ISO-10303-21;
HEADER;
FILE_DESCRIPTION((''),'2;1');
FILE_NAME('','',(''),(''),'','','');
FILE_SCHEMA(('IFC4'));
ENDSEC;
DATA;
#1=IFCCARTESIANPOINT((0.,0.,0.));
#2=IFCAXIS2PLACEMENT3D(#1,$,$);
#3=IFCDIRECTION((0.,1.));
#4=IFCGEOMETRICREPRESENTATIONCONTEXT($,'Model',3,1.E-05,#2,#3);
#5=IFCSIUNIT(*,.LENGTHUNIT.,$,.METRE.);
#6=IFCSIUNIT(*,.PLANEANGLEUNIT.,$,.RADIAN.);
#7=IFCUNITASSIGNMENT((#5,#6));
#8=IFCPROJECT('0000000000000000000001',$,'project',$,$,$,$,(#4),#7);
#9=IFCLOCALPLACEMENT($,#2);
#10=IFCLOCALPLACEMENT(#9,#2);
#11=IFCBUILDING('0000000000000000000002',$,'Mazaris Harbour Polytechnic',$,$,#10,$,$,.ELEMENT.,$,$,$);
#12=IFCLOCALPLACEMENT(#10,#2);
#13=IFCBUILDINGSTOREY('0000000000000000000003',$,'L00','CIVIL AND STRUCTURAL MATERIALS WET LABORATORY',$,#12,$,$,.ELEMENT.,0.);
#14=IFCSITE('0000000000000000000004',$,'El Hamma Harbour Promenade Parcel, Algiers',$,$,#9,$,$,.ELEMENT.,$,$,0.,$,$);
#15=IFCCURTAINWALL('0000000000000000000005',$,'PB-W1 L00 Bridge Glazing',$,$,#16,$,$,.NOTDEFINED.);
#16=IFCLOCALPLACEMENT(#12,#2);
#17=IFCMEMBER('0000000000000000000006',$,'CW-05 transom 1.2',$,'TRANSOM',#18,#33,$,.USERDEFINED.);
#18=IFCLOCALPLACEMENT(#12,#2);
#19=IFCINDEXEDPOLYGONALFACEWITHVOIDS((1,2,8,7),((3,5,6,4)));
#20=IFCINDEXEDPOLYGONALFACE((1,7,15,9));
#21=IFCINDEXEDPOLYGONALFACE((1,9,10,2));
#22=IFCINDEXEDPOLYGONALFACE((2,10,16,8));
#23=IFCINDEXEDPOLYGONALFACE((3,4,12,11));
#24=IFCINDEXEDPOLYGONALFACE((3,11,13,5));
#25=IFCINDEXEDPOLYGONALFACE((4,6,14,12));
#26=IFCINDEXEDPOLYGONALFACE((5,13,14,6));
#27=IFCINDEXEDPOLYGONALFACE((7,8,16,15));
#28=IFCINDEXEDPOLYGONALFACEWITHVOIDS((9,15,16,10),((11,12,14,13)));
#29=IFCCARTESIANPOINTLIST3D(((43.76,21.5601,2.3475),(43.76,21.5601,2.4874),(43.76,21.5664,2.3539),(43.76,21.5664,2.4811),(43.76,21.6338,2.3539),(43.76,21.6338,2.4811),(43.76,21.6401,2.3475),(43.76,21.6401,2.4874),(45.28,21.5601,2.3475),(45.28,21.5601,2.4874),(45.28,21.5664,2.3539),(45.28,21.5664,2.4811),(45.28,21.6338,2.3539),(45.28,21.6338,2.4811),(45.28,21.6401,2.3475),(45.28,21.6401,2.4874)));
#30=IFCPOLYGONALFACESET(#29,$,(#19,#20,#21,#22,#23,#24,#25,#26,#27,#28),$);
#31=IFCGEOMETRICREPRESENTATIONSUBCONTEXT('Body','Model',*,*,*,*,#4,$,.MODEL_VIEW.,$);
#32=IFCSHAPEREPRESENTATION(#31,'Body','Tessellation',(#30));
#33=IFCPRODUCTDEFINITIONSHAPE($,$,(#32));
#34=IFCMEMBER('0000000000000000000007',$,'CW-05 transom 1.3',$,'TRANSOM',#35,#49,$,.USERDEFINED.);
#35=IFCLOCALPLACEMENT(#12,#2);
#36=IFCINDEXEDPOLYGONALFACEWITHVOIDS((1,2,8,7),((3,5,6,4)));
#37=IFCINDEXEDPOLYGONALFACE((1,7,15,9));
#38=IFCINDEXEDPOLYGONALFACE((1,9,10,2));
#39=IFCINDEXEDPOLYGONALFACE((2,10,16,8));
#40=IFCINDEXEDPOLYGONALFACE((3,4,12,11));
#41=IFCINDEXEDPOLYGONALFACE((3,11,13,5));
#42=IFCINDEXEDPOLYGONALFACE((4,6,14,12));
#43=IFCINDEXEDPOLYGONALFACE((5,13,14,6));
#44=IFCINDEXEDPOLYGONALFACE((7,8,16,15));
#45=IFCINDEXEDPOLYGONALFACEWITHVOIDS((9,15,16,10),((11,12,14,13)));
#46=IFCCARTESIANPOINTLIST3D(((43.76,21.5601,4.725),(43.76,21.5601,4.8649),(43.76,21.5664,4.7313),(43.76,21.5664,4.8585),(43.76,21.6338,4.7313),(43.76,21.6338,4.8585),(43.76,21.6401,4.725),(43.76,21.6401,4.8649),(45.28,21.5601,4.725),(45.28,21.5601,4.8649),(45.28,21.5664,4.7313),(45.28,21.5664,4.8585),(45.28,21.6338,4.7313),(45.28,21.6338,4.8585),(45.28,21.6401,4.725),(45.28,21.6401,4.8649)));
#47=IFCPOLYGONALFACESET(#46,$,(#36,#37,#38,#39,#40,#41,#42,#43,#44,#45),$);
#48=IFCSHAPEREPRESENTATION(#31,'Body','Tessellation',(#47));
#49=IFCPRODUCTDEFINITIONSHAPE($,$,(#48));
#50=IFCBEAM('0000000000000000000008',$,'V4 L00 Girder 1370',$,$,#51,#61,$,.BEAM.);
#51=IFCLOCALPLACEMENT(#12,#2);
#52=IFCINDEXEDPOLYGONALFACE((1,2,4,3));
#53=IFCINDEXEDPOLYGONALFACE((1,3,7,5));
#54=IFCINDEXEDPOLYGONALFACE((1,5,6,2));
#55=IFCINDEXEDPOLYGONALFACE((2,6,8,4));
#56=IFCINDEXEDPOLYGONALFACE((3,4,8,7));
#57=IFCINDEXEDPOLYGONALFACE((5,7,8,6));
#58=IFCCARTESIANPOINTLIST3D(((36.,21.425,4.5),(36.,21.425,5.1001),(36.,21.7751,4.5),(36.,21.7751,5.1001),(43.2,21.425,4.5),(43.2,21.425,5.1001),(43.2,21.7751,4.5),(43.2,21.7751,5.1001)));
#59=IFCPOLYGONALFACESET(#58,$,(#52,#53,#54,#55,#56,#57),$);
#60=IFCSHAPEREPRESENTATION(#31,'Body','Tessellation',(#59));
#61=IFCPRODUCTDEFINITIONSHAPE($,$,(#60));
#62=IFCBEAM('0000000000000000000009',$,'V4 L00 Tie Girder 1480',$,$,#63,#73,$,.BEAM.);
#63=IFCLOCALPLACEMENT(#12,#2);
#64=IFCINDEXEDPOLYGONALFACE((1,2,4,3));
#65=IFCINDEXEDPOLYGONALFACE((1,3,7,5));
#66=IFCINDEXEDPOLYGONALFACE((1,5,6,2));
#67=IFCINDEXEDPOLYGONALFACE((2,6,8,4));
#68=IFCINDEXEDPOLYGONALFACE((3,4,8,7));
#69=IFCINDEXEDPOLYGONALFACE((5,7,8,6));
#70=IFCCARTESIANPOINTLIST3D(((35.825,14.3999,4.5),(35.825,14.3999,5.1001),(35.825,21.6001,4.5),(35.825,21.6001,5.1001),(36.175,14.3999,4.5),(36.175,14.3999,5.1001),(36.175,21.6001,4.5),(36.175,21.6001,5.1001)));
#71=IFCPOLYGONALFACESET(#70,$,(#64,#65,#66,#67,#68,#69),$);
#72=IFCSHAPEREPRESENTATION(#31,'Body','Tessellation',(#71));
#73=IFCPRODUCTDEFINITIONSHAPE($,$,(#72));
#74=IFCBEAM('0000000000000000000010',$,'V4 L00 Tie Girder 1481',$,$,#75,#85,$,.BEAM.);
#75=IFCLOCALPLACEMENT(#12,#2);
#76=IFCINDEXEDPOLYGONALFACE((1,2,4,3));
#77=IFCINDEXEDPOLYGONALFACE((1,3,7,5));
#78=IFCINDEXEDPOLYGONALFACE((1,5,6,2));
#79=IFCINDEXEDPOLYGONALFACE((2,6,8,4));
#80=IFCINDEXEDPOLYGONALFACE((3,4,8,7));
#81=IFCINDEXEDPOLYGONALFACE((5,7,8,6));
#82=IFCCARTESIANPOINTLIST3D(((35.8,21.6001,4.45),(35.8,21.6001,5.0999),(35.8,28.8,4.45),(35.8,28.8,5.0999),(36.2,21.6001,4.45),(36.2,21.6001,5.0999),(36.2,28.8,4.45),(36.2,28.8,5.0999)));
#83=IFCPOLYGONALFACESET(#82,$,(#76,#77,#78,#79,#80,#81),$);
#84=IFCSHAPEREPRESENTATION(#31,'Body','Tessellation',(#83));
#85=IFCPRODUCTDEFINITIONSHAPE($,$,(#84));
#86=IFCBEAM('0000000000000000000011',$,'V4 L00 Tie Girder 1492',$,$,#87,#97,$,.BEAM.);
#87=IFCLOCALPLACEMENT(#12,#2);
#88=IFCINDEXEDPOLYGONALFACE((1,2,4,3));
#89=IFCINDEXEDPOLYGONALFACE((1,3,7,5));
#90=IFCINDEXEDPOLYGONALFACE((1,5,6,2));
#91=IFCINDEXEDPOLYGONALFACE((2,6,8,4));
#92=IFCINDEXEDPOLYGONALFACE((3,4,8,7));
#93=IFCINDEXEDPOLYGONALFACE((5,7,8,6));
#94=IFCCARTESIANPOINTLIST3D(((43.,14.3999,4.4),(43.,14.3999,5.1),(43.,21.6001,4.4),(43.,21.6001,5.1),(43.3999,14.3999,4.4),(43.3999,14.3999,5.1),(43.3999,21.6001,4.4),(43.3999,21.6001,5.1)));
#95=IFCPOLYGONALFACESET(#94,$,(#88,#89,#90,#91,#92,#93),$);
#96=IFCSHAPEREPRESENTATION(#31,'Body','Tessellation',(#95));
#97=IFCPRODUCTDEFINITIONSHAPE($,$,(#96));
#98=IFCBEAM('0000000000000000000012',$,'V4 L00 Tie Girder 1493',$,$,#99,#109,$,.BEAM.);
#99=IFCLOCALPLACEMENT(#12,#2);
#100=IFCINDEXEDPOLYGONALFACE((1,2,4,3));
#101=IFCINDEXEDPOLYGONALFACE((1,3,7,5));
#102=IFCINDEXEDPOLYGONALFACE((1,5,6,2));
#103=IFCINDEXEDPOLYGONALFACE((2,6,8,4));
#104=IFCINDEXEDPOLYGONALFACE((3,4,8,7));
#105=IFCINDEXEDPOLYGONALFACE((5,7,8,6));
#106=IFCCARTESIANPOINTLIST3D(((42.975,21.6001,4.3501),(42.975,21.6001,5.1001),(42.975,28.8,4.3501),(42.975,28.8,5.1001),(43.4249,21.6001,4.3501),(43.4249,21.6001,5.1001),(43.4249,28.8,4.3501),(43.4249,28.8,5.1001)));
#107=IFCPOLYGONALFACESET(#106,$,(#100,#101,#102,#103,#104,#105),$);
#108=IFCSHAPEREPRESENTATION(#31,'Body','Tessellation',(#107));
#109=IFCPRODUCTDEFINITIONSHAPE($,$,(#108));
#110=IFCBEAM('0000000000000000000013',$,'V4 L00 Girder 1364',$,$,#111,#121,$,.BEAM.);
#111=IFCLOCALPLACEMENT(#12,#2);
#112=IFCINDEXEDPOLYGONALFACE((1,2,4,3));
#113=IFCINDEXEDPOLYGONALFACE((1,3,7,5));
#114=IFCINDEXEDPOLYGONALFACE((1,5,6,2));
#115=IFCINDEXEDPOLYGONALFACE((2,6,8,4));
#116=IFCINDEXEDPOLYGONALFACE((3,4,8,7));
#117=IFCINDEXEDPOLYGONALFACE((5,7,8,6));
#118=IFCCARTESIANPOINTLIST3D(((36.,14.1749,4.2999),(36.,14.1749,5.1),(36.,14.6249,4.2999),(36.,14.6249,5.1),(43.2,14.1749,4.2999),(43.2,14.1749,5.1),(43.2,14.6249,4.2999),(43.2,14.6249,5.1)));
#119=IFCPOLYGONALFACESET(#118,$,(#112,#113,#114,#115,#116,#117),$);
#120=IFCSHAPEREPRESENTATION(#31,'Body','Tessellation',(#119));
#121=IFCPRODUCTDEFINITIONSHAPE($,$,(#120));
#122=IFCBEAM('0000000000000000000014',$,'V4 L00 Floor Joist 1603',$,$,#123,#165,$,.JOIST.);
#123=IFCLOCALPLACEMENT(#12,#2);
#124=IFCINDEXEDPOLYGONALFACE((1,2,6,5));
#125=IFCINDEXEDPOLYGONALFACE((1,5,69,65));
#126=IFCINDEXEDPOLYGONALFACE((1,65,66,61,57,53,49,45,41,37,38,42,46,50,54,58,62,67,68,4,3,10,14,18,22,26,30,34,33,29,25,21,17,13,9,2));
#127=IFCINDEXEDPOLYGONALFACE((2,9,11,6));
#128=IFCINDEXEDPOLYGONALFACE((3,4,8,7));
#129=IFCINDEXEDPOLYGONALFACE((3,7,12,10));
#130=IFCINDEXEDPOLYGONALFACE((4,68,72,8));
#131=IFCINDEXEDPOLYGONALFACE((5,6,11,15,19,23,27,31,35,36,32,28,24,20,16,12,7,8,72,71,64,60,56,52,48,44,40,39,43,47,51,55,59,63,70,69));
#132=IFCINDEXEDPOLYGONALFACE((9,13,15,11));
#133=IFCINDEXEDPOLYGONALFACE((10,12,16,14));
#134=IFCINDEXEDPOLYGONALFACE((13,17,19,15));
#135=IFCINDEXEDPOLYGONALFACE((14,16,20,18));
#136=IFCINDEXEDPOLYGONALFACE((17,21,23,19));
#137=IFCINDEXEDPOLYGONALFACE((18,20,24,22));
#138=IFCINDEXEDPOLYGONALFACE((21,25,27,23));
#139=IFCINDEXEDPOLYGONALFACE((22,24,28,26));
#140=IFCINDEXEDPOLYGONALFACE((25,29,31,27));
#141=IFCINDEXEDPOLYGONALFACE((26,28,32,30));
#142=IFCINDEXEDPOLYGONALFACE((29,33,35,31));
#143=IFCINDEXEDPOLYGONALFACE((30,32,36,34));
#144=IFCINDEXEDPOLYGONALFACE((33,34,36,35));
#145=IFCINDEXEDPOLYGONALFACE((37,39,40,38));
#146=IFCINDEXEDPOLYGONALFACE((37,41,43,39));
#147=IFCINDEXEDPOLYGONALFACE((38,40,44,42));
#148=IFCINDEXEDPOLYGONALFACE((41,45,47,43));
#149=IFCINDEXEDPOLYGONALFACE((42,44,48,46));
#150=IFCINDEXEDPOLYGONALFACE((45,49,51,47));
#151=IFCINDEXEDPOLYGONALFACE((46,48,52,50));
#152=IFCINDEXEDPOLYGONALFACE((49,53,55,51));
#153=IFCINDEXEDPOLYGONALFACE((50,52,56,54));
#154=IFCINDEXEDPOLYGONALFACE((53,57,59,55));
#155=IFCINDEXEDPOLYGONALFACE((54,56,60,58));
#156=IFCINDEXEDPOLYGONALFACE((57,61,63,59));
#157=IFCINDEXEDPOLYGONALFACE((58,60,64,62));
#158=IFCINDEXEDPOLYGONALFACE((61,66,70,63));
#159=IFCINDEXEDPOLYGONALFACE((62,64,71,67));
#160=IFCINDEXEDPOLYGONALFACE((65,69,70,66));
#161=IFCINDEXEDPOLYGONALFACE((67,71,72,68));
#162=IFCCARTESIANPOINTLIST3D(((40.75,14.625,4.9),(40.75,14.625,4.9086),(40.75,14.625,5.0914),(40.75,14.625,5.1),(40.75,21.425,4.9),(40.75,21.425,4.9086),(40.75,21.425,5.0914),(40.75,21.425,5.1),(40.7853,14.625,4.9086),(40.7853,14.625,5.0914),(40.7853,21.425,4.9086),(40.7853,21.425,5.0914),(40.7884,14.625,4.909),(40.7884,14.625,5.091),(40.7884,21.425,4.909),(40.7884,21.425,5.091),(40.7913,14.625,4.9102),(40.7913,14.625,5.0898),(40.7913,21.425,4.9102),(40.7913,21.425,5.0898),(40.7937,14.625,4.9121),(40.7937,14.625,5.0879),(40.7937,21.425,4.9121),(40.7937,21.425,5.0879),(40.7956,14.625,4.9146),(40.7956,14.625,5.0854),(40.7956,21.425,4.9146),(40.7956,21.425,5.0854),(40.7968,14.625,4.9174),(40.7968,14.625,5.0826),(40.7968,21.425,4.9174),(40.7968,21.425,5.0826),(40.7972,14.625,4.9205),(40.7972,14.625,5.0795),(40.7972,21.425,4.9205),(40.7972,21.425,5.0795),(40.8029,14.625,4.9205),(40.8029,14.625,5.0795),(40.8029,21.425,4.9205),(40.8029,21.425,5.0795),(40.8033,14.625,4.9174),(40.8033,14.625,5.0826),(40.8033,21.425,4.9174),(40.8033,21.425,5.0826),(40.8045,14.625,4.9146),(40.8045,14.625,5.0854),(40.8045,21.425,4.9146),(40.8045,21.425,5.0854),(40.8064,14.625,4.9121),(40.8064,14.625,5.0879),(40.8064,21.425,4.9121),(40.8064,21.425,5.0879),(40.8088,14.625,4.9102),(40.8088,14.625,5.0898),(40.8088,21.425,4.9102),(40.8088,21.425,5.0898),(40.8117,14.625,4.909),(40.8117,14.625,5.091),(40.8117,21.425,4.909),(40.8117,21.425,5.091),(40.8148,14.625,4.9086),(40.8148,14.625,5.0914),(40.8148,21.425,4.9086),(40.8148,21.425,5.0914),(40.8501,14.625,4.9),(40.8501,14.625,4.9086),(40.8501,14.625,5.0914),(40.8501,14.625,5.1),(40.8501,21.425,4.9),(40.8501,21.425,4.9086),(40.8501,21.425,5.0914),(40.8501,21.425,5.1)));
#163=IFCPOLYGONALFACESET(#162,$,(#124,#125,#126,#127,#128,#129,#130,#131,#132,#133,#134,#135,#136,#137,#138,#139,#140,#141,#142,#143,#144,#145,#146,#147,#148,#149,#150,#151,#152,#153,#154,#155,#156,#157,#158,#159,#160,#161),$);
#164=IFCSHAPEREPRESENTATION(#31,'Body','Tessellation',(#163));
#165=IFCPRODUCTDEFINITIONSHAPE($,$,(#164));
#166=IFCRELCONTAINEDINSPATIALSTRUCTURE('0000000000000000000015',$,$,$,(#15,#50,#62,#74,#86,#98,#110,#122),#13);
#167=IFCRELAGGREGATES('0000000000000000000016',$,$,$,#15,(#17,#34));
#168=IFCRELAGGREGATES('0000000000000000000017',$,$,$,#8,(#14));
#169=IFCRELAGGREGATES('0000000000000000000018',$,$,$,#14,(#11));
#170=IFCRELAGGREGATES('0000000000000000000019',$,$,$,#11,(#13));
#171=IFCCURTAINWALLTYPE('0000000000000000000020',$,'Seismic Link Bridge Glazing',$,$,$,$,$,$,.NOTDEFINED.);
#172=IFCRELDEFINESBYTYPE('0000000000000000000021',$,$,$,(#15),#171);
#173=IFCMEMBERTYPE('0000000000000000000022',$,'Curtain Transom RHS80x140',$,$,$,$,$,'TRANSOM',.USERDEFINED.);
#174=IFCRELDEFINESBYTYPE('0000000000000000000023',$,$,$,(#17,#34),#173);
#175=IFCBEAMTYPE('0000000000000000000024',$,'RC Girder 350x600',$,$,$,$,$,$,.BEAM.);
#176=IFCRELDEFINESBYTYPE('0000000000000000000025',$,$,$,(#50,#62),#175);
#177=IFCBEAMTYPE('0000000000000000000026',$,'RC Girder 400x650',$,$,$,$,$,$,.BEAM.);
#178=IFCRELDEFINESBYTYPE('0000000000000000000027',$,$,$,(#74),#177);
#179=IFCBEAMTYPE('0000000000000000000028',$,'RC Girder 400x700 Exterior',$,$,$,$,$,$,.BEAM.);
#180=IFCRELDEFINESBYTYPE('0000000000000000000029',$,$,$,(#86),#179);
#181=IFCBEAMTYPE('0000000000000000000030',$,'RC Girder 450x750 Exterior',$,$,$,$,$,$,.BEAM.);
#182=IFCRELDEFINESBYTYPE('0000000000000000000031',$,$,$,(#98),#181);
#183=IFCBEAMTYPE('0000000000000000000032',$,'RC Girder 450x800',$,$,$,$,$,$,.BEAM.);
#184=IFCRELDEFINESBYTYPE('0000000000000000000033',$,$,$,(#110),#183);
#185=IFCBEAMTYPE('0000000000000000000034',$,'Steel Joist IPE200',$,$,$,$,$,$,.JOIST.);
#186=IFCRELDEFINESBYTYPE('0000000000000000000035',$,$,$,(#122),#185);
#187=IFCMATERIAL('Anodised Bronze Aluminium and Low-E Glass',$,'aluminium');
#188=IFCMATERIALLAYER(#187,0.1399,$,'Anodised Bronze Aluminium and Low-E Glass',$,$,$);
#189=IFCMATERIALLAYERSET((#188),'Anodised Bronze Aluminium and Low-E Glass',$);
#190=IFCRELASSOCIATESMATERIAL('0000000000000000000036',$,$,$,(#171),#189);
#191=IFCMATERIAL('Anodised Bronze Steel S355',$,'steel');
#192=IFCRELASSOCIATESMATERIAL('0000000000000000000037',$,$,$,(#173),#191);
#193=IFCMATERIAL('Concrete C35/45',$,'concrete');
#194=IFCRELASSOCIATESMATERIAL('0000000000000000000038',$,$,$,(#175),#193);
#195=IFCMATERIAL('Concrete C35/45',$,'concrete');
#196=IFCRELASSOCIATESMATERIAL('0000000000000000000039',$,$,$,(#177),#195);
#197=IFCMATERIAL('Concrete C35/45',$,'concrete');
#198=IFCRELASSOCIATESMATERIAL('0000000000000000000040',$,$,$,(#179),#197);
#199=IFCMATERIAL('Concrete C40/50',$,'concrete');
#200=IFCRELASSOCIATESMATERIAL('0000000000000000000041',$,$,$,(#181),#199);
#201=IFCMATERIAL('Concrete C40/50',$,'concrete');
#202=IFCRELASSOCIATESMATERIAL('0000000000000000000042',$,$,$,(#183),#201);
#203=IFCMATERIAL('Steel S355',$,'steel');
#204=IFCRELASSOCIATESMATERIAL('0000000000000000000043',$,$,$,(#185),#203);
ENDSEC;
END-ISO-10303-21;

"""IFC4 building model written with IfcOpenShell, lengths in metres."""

from ifc_helpers import new_model, si_unit, direction, frame, origin, origin_2d, place, context, subcontext, project, spatial, rectangle, hollow_rectangle, i_section, extrude, material, layer, layer_set, material_profile, profile_set, type_object, element, aggregate, save


model = new_model("IFC4")

# Units and contexts
model_context = context("Model", 3, precision=1e-05, world=origin(), true_north=direction((0.0, 1.0)))
body_context = subcontext(model_context, "Body", "Model", "MODEL_VIEW")
ifc_project = project(units=[si_unit("LENGTHUNIT", "METRE"), si_unit("PLANEANGLEUNIT", "RADIAN")], contexts=[model_context])

# Site, building, storey
site_placement = place(None, origin())
site = spatial("IfcSite", under=ifc_project, at=site_placement, Name="El Hamma Harbour Promenade Parcel, Algiers", CompositionType="ELEMENT", RefElevation=0.0)
building_placement = place(site_placement, origin())
building = spatial("IfcBuilding", under=site, at=building_placement, Name="Mazaris Harbour Polytechnic", CompositionType="ELEMENT")
storey_placement = place(building_placement, origin())
storey = spatial("IfcBuildingStorey", under=building, at=storey_placement, Name="L00", Description="CIVIL AND STRUCTURAL MATERIALS WET LABORATORY", CompositionType="ELEMENT", Elevation=0.0)

# Curtain wall
ifc_material_1 = material(Name="Anodised Bronze Aluminium and Low-E Glass", Category="aluminium")
ifc_layer_1 = layer(ifc_material_1, 0.1399, Name="Anodised Bronze Aluminium and Low-E Glass")
ifc_layer_set_1 = layer_set([ifc_layer_1], Name="Anodised Bronze Aluminium and Low-E Glass")
curtain_wall_type_1 = type_object("IfcCurtainWallType", Name="Seismic Link Bridge Glazing", PredefinedType="NOTDEFINED", material=ifc_layer_set_1)
curtain_wall_1_placement = place(storey_placement, origin())
curtain_wall_1 = element("IfcCurtainWall", 1, at=curtain_wall_1_placement, inside=storey, type_object=curtain_wall_type_1, Name="PB-W1 L00 Bridge Glazing", PredefinedType="NOTDEFINED")

# Members
ifc_material_2 = material(Name="Anodised Bronze Steel S355", Category="steel")
ifc_material_profile_1 = material_profile(ifc_material_2, hollow_rectangle(XDim=0.0801, YDim=0.1399, WallThickness=0.0063, at=origin_2d()), Name="RHS 80x140x6.3")
ifc_profile_set_1 = profile_set([ifc_material_profile_1], Name="Anodised Bronze Steel S355")
member_type_1 = type_object("IfcMemberType", Name="Curtain Transom RHS80x140", ElementType="TRANSOM", PredefinedType="USERDEFINED", material=ifc_profile_set_1)
member_1_placement = place(storey_placement, frame((43.76, 21.6001, 2.4175), z_axis=(1.0, 0.0, 0.0), x_axis=(0.0, 1.0, 0.0)))
member_1 = element("IfcMember", 2, at=member_1_placement, type_object=member_type_1, Name="CW-05 transom 1.2", ObjectType="TRANSOM", PredefinedType="USERDEFINED", context=body_context, shape_type="SweptSolid", body=[
    extrude(hollow_rectangle(XDim=0.0801, YDim=0.1399, WallThickness=0.0063, at=origin_2d()), origin(), (0.0, 0.0, 1.0), 1.52),
])
member_2_placement = place(storey_placement, frame((43.76, 21.6001, 4.7949), z_axis=(1.0, 0.0, 0.0), x_axis=(0.0, 1.0, 0.0)))
member_2 = element("IfcMember", 3, at=member_2_placement, type_object=member_type_1, Name="CW-05 transom 1.3", ObjectType="TRANSOM", PredefinedType="USERDEFINED", context=body_context, shape_type="SweptSolid", body=[
    extrude(hollow_rectangle(XDim=0.0801, YDim=0.1399, WallThickness=0.0063, at=origin_2d()), origin(), (0.0, 0.0, 1.0), 1.52),
])

# Beams
ifc_material_3 = material(Name="Concrete C35/45", Category="concrete")
ifc_material_profile_2 = material_profile(ifc_material_3, rectangle(XDim=0.3501, YDim=0.6001, at=origin_2d()), Name="RECT350x600")
ifc_profile_set_2 = profile_set([ifc_material_profile_2], Name="Concrete C35/45")
beam_type_1 = type_object("IfcBeamType", Name="RC Girder 350x600", PredefinedType="BEAM", material=ifc_profile_set_2)
beam_1_placement = place(storey_placement, frame((36.0, 21.6001, 4.8), z_axis=(1.0, 0.0, 0.0), x_axis=(0.0, 1.0, 0.0)))
element("IfcBeam", 4, at=beam_1_placement, inside=storey, type_object=beam_type_1, Name="V4 L00 Girder 1370", PredefinedType="BEAM", context=body_context, shape_type="SweptSolid", body=[
    extrude(rectangle(XDim=0.3501, YDim=0.6001, at=origin_2d()), origin(), (0.0, 0.0, 1.0), 7.2),
])
beam_2_placement = place(storey_placement, frame((36.0, 14.3999, 4.8), z_axis=(0.0, 1.0, 0.0), x_axis=(-1.0, 0.0, 0.0)))
element("IfcBeam", 5, at=beam_2_placement, inside=storey, type_object=beam_type_1, Name="V4 L00 Tie Girder 1480", PredefinedType="BEAM", context=body_context, shape_type="SweptSolid", body=[
    extrude(rectangle(XDim=0.3501, YDim=0.6001, at=origin_2d()), origin(), (0.0, 0.0, 1.0), 7.2002),
])
ifc_material_4 = material(Name="Concrete C35/45", Category="concrete")
ifc_material_profile_3 = material_profile(ifc_material_4, rectangle(XDim=0.3999, YDim=0.6499, at=origin_2d()), Name="RECT400x650")
ifc_profile_set_3 = profile_set([ifc_material_profile_3], Name="Concrete C35/45")
beam_type_2 = type_object("IfcBeamType", Name="RC Girder 400x650", PredefinedType="BEAM", material=ifc_profile_set_3)
beam_3_placement = place(storey_placement, frame((36.0, 21.6001, 4.7749), z_axis=(0.0, 1.0, 0.0), x_axis=(-1.0, 0.0, 0.0)))
element("IfcBeam", 6, at=beam_3_placement, inside=storey, type_object=beam_type_2, Name="V4 L00 Tie Girder 1481", PredefinedType="BEAM", context=body_context, shape_type="SweptSolid", body=[
    extrude(rectangle(XDim=0.3999, YDim=0.6499, at=origin_2d()), origin(), (0.0, 0.0, 1.0), 7.2),
])
ifc_material_5 = material(Name="Concrete C35/45", Category="concrete")
ifc_material_profile_4 = material_profile(ifc_material_5, rectangle(XDim=0.3999, YDim=0.7, at=origin_2d()), Name="RECT400x700")
ifc_profile_set_4 = profile_set([ifc_material_profile_4], Name="Concrete C35/45")
beam_type_3 = type_object("IfcBeamType", Name="RC Girder 400x700 Exterior", PredefinedType="BEAM", material=ifc_profile_set_4)
beam_4_placement = place(storey_placement, frame((43.2, 14.3999, 4.75), z_axis=(0.0, 1.0, 0.0), x_axis=(-1.0, 0.0, 0.0)))
element("IfcBeam", 7, at=beam_4_placement, inside=storey, type_object=beam_type_3, Name="V4 L00 Tie Girder 1492", PredefinedType="BEAM", context=body_context, shape_type="SweptSolid", body=[
    extrude(rectangle(XDim=0.3999, YDim=0.7, at=origin_2d()), origin(), (0.0, 0.0, 1.0), 7.2002),
])
ifc_material_6 = material(Name="Concrete C40/50", Category="concrete")
ifc_material_profile_5 = material_profile(ifc_material_6, rectangle(XDim=0.45, YDim=0.75, at=origin_2d()), Name="RECT450x750")
ifc_profile_set_5 = profile_set([ifc_material_profile_5], Name="Concrete C40/50")
beam_type_4 = type_object("IfcBeamType", Name="RC Girder 450x750 Exterior", PredefinedType="BEAM", material=ifc_profile_set_5)
beam_5_placement = place(storey_placement, frame((43.2, 21.6001, 4.7251), z_axis=(0.0, 1.0, 0.0), x_axis=(-1.0, 0.0, 0.0)))
element("IfcBeam", 8, at=beam_5_placement, inside=storey, type_object=beam_type_4, Name="V4 L00 Tie Girder 1493", PredefinedType="BEAM", context=body_context, shape_type="SweptSolid", body=[
    extrude(rectangle(XDim=0.45, YDim=0.75, at=origin_2d()), origin(), (0.0, 0.0, 1.0), 7.2),
])
ifc_material_7 = material(Name="Concrete C40/50", Category="concrete")
ifc_material_profile_6 = material_profile(ifc_material_7, rectangle(XDim=0.45, YDim=0.8, at=origin_2d()), Name="RECT450x800")
ifc_profile_set_6 = profile_set([ifc_material_profile_6], Name="Concrete C40/50")
beam_type_5 = type_object("IfcBeamType", Name="RC Girder 450x800", PredefinedType="BEAM", material=ifc_profile_set_6)
beam_6_placement = place(storey_placement, frame((36.0, 14.3999, 4.7), z_axis=(1.0, 0.0, 0.0), x_axis=(0.0, 1.0, 0.0)))
element("IfcBeam", 9, at=beam_6_placement, inside=storey, type_object=beam_type_5, Name="V4 L00 Girder 1364", PredefinedType="BEAM", context=body_context, shape_type="SweptSolid", body=[
    extrude(rectangle(XDim=0.45, YDim=0.8, at=origin_2d()), origin(), (0.0, 0.0, 1.0), 7.2),
])
ifc_material_8 = material(Name="Steel S355", Category="steel")
ifc_material_profile_7 = material_profile(ifc_material_8, i_section(OverallWidth=0.1001, OverallDepth=0.2, WebThickness=0.0056, FlangeThickness=0.0085, FilletRadius=0.012, at=origin_2d()), Name="IPE 200")
ifc_profile_set_7 = profile_set([ifc_material_profile_7], Name="Steel S355")
beam_type_6 = type_object("IfcBeamType", Name="Steel Joist IPE200", PredefinedType="JOIST", material=ifc_profile_set_7)
beam_7_placement = place(storey_placement, frame((40.8, 14.625, 5.0), z_axis=(0.0, 1.0, 0.0), x_axis=(-1.0, 0.0, 0.0)))
element("IfcBeam", 10, at=beam_7_placement, inside=storey, type_object=beam_type_6, Name="V4 L00 Floor Joist 1603", PredefinedType="JOIST", context=body_context, shape_type="SweptSolid", body=[
    extrude(i_section(OverallWidth=0.1001, OverallDepth=0.2, WebThickness=0.0056, FlangeThickness=0.0085, FilletRadius=0.012, at=origin_2d()), origin(), (0.0, 0.0, 1.0), 6.8),
])

aggregate(curtain_wall_1, [member_1, member_2])

save(model, "model.ifc")
